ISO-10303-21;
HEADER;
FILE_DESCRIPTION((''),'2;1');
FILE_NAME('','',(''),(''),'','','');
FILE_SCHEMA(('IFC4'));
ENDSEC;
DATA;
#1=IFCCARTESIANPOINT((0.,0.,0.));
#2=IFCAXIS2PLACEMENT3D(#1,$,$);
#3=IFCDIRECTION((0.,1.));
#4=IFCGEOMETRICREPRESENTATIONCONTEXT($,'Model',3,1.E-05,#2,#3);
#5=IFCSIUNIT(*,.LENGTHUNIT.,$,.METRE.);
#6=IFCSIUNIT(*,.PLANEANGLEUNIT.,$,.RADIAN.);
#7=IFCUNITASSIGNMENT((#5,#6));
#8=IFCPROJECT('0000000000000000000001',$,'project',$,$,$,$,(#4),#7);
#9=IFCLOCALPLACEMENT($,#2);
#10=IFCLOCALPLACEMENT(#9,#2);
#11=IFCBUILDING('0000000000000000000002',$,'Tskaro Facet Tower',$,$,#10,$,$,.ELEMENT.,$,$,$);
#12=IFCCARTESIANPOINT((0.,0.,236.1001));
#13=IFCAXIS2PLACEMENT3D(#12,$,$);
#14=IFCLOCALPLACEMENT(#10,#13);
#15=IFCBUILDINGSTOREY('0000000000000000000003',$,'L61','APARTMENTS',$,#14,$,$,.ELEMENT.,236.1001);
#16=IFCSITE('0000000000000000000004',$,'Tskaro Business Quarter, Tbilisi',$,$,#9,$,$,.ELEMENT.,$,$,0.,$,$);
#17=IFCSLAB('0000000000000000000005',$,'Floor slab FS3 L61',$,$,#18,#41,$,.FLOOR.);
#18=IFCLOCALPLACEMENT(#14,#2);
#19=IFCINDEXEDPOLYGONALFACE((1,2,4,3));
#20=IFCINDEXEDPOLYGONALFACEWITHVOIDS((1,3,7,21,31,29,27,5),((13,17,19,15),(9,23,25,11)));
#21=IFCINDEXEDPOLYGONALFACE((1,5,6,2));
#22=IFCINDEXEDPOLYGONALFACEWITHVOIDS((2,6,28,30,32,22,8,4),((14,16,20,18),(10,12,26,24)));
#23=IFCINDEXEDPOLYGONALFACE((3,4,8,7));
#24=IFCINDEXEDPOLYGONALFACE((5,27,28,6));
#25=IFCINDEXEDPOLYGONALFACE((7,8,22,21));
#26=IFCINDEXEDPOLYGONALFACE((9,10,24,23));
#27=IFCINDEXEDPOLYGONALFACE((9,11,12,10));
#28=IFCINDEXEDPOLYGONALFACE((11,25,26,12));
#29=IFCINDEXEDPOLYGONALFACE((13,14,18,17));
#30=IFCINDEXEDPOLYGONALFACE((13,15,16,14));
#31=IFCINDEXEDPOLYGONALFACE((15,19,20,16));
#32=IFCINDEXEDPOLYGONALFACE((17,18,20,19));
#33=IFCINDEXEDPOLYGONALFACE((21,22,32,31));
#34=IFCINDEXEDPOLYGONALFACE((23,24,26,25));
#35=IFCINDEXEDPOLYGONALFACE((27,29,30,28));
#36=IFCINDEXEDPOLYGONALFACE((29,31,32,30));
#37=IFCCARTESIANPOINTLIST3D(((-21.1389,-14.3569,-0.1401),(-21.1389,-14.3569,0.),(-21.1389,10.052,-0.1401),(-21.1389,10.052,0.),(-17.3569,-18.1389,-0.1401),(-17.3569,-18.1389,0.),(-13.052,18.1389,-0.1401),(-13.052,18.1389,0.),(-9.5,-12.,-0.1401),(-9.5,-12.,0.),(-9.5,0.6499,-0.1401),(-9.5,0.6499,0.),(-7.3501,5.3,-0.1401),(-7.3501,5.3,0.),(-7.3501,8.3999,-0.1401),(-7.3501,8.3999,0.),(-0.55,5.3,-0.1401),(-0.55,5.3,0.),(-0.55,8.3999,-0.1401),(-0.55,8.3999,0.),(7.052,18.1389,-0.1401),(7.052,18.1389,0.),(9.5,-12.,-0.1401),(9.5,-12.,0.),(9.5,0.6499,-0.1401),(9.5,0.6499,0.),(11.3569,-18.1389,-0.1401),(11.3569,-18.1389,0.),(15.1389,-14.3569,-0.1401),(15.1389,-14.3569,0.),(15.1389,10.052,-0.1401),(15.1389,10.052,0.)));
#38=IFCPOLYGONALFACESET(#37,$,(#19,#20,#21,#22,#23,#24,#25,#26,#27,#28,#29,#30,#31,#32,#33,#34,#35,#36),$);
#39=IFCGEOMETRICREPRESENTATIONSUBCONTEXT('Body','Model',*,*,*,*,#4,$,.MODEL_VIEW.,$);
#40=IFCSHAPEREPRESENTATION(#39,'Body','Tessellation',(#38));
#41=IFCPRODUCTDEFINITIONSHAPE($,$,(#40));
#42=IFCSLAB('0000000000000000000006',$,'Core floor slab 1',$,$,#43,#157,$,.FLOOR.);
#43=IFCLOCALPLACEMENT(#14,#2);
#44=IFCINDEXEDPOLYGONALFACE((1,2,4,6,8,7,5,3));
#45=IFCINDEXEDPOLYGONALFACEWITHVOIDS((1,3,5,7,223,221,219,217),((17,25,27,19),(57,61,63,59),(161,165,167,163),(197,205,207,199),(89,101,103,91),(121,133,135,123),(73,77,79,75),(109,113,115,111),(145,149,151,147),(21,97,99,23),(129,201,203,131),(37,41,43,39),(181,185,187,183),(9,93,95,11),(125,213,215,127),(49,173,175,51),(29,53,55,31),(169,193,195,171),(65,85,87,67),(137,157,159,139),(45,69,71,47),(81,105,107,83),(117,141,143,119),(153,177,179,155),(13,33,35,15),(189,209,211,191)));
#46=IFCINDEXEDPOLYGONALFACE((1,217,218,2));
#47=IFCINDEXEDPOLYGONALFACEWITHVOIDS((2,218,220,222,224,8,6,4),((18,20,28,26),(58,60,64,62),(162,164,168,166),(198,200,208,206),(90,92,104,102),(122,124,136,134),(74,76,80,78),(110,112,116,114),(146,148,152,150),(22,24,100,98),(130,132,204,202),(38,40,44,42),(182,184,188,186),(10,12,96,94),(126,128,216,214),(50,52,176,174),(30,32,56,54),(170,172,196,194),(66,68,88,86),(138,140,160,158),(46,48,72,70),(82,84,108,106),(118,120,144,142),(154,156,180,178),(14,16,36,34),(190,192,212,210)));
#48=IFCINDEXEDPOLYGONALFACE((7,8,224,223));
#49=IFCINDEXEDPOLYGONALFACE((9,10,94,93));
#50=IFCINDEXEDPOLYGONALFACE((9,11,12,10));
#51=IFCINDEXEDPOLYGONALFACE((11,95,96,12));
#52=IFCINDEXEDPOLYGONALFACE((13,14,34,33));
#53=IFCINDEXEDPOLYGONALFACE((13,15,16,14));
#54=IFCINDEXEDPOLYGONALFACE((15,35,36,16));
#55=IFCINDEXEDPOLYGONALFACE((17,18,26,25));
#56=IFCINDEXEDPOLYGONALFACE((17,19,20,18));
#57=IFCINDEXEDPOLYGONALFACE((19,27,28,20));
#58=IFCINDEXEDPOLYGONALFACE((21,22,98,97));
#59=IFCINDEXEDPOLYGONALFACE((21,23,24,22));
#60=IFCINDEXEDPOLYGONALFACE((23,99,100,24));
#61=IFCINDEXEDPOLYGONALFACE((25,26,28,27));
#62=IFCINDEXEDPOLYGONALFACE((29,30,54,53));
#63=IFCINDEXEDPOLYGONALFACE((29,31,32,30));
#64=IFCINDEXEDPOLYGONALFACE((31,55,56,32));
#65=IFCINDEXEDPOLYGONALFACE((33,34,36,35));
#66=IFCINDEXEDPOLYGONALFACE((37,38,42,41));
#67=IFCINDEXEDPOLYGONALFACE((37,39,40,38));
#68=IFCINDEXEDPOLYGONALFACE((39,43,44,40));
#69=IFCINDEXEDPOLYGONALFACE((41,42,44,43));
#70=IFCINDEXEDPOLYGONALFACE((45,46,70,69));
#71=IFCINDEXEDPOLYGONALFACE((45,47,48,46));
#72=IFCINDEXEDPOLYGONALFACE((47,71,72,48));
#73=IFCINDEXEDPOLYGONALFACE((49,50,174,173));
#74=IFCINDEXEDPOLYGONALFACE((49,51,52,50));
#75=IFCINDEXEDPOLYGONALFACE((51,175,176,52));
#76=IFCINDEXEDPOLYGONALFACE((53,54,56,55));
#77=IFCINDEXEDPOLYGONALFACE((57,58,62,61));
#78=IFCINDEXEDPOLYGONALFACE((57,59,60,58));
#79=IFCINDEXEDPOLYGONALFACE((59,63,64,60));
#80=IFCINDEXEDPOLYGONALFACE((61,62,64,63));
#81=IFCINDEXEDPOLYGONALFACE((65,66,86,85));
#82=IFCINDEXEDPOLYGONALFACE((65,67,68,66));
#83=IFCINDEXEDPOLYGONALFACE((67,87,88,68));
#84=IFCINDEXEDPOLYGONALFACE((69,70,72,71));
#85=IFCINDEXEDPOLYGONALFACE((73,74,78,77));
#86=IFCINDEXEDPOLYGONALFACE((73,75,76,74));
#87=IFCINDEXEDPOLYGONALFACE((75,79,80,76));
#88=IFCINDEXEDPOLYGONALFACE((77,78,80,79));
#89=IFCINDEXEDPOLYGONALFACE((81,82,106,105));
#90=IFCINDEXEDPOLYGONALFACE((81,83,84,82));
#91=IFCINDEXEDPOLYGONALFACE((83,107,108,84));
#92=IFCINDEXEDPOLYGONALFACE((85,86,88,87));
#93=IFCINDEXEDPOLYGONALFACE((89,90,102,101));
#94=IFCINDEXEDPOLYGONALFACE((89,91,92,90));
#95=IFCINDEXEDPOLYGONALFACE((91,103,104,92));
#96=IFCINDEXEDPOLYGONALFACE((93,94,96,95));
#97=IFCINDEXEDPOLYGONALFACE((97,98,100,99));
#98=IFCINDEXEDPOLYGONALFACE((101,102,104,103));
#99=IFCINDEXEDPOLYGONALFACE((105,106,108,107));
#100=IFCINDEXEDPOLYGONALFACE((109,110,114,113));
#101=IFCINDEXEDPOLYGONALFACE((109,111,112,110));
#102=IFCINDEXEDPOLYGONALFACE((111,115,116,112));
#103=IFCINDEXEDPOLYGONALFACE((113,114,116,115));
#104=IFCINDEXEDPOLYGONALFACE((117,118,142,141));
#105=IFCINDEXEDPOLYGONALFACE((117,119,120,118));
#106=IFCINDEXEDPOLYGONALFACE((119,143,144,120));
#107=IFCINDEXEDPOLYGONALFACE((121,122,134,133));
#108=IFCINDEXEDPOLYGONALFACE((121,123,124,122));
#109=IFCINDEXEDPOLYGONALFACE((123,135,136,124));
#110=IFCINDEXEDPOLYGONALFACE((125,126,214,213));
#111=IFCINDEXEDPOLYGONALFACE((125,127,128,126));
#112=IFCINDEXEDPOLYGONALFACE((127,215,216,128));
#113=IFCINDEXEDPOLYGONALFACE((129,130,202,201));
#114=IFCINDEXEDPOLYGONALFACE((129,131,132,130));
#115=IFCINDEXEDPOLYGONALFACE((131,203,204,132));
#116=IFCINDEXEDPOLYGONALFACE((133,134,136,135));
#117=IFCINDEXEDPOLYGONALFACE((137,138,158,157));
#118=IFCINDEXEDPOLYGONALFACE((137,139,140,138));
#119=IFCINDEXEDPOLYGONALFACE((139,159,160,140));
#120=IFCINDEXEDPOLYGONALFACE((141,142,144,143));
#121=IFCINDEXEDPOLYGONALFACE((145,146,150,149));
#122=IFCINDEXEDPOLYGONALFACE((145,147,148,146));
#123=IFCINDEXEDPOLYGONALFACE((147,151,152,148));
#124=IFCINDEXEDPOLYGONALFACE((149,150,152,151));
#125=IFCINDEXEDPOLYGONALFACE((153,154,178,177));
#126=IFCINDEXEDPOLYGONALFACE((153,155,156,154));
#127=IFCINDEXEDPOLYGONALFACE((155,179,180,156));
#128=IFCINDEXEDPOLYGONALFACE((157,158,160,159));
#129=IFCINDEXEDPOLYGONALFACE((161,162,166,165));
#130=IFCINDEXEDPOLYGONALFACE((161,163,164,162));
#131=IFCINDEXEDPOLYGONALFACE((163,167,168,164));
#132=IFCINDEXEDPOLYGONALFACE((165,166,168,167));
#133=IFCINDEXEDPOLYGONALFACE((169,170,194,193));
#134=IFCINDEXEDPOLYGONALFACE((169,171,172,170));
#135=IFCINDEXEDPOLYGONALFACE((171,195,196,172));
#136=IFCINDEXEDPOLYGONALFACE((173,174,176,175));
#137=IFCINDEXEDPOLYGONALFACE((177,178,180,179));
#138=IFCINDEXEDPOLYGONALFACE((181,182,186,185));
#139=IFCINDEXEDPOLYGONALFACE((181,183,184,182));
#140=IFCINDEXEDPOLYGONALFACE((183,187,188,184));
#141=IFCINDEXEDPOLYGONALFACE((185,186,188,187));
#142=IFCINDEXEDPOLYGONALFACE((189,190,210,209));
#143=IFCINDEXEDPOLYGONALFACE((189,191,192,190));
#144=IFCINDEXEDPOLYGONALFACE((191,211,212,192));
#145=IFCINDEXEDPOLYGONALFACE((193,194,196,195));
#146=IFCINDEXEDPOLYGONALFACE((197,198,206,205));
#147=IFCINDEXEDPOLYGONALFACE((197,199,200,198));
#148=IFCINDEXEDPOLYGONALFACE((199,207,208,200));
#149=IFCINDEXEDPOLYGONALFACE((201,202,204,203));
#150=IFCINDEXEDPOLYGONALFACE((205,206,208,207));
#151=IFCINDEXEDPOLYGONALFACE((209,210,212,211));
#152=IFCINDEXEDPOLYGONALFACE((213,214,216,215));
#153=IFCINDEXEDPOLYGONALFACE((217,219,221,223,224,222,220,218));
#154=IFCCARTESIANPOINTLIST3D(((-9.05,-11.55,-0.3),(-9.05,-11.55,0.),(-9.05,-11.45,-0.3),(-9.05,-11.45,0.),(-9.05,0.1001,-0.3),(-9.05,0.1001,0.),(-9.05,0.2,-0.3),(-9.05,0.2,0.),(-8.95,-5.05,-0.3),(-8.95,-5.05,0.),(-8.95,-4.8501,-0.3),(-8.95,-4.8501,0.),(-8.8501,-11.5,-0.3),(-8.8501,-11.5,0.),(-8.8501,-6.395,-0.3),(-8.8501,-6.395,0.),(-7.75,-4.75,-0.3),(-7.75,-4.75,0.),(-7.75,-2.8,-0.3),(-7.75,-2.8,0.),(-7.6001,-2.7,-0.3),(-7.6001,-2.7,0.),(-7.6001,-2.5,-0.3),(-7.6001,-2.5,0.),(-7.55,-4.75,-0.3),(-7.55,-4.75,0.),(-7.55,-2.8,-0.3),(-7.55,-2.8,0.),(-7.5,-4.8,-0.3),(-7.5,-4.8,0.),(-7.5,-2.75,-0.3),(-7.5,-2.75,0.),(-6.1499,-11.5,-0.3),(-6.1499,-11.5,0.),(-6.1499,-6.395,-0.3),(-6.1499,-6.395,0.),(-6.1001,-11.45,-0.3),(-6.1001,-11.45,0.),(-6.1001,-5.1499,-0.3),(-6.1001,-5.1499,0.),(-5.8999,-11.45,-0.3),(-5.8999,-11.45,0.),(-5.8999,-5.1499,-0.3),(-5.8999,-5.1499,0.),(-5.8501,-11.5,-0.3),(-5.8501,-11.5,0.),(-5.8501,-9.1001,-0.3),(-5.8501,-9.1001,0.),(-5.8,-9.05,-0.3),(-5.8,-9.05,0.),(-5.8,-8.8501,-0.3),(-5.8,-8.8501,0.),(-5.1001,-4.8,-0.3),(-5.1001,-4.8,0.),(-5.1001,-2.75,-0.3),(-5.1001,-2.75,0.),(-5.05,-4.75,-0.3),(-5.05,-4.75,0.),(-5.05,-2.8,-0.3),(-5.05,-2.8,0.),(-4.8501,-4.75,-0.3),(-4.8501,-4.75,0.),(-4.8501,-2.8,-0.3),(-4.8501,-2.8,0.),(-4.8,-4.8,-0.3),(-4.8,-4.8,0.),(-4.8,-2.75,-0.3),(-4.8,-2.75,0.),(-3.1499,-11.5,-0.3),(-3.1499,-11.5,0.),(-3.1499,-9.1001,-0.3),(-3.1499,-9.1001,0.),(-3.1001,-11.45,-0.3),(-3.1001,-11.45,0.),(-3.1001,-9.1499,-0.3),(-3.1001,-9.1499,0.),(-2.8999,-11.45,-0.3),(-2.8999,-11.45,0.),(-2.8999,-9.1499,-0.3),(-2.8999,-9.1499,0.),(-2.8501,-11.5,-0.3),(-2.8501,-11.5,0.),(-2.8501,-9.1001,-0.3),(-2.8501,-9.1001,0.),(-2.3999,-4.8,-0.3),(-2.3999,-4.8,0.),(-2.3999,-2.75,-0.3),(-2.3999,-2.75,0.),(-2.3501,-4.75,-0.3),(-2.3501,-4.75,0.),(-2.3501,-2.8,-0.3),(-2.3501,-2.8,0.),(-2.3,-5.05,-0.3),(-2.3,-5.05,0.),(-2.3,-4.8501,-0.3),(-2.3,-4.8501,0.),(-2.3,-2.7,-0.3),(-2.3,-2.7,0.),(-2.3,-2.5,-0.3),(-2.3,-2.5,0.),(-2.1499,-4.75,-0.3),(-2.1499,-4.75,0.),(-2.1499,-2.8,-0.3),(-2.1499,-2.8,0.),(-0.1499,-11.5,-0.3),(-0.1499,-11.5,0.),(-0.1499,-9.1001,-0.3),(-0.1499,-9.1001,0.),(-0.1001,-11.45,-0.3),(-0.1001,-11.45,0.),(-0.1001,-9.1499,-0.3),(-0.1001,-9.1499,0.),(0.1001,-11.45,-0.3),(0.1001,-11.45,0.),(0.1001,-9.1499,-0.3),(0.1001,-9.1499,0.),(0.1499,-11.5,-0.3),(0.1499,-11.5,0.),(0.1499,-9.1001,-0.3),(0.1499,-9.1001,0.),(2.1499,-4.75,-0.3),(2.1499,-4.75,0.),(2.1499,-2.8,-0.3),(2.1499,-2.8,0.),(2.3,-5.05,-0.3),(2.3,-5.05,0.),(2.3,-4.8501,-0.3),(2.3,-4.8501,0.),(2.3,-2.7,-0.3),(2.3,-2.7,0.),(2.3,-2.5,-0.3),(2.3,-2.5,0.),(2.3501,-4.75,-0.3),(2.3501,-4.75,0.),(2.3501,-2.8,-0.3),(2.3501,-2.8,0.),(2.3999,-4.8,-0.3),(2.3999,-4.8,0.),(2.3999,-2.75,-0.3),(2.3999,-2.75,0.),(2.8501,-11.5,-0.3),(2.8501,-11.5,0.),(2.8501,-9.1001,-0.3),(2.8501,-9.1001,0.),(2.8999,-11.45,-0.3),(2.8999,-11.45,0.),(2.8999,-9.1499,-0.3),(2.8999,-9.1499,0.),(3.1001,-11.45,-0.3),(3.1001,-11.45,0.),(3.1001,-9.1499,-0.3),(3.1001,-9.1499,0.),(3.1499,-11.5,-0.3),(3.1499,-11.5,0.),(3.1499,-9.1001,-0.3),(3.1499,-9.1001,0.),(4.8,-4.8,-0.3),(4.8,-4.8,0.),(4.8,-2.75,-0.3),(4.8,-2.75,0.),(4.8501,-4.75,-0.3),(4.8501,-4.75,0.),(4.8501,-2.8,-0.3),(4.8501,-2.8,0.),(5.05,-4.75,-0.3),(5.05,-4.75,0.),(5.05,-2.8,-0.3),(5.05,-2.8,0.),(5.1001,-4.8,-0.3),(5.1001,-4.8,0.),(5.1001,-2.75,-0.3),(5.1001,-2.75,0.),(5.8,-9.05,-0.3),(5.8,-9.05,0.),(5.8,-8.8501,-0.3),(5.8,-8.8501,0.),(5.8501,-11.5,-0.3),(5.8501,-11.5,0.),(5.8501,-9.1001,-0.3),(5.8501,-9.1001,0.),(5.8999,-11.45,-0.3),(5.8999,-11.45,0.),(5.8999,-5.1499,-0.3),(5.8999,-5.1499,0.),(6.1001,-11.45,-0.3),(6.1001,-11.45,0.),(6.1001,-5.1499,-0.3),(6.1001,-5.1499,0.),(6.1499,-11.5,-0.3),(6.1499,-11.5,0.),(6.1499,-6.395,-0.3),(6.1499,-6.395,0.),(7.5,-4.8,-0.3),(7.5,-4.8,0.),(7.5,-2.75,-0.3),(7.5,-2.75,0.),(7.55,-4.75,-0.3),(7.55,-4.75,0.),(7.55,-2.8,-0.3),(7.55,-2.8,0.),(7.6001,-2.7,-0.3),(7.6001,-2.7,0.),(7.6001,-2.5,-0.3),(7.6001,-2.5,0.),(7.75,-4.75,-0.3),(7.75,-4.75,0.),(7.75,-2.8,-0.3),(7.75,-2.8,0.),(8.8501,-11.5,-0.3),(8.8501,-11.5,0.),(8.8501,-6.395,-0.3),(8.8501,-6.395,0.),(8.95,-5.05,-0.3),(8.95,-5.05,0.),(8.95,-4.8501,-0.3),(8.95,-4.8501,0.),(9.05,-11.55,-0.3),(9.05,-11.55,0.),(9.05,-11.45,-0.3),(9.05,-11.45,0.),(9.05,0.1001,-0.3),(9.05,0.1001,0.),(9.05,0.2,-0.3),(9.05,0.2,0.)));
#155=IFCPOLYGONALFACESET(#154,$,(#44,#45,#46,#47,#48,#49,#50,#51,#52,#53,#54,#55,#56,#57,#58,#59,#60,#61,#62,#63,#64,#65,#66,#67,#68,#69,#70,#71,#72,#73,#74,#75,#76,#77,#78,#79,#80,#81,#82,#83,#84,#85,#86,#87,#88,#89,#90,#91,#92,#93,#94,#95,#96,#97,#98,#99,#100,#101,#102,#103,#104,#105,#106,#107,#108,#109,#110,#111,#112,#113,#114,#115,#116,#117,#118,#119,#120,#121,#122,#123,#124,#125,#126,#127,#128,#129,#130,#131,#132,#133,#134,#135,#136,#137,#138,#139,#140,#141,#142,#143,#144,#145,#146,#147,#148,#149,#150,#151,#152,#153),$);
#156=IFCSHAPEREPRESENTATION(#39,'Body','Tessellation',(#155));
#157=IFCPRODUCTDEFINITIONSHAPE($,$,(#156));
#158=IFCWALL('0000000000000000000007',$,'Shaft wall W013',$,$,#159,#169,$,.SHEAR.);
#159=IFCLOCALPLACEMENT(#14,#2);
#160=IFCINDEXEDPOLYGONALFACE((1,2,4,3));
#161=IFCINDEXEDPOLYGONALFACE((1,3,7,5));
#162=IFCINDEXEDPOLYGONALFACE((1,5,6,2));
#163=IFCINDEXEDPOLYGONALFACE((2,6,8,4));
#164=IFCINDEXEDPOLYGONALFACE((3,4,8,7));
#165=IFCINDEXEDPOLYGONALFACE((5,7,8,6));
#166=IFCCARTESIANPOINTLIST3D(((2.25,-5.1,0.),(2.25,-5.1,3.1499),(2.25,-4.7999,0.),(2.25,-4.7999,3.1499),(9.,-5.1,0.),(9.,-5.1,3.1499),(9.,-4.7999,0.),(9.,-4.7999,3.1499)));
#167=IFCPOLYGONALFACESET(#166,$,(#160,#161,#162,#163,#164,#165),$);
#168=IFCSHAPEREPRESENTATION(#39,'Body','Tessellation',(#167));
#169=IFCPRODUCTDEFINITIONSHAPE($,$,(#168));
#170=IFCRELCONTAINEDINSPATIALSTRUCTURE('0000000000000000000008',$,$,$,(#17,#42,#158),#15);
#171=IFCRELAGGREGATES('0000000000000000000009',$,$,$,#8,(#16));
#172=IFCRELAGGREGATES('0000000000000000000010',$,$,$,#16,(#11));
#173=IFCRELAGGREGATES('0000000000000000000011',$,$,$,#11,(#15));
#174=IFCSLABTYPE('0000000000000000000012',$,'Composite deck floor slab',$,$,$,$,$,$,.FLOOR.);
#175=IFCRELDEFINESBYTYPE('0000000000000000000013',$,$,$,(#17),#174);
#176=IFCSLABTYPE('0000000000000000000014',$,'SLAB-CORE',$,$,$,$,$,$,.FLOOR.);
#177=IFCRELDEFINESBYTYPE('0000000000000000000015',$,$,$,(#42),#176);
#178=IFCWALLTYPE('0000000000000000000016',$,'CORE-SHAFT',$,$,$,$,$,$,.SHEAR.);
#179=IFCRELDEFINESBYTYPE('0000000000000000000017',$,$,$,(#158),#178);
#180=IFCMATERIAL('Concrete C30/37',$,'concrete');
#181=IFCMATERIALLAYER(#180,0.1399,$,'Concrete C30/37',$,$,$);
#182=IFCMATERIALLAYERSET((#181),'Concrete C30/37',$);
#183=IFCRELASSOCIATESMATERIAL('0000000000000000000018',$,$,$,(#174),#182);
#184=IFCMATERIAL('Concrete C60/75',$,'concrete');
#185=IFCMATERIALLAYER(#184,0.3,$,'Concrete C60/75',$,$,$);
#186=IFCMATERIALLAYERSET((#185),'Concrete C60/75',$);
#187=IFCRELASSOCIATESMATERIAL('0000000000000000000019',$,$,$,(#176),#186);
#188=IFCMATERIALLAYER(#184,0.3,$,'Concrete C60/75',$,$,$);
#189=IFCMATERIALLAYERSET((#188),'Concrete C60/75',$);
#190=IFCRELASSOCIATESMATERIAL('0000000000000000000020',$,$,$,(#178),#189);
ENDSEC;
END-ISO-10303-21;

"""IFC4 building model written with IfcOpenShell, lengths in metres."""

from ifc_helpers import new_model, si_unit, direction, frame, frame_2d, origin, place, context, subcontext, project, spatial, polyline, rectangle, outline, extrude, material, layer, layer_set, type_object, element, save


model = new_model("IFC4")

# Units and contexts
model_context = context("Model", 3, precision=1e-05, world=origin(), true_north=direction((0.0, 1.0)))
body_context = subcontext(model_context, "Body", "Model", "MODEL_VIEW")
ifc_project = project(units=[si_unit("LENGTHUNIT", "METRE"), si_unit("PLANEANGLEUNIT", "RADIAN")], contexts=[model_context])

# Site, building, storey
site_placement = place(None, origin())
site = spatial("IfcSite", under=ifc_project, at=site_placement, Name="Tskaro Business Quarter, Tbilisi", CompositionType="ELEMENT", RefElevation=0.0)
building_placement = place(site_placement, origin())
building = spatial("IfcBuilding", under=site, at=building_placement, Name="Tskaro Facet Tower", CompositionType="ELEMENT")
storey_placement = place(building_placement, frame((0.0, 0.0, 236.1001)))
storey = spatial("IfcBuildingStorey", under=building, at=storey_placement, Name="L61", Description="APARTMENTS", CompositionType="ELEMENT", Elevation=236.1001)

# Slabs
ifc_material_1 = material(Name="Concrete C30/37", Category="concrete")
ifc_layer_1 = layer(ifc_material_1, 0.1399, Name="Concrete C30/37")
ifc_layer_set_1 = layer_set([ifc_layer_1], Name="Concrete C30/37")
slab_type_1 = type_object("IfcSlabType", Name="Composite deck floor slab", PredefinedType="FLOOR", material=ifc_layer_set_1)
slab_1_placement = place(storey_placement, frame((0.0, 0.0, -0.1401)))
element("IfcSlab", 1, at=slab_1_placement, inside=storey, type_object=slab_type_1, Name="Floor slab FS3 L61", PredefinedType="FLOOR", context=body_context, shape_type="SweptSolid", body=[
    extrude(outline(polyline([(-17.3569, -18.1389), (11.3569, -18.1389), (15.1389, -14.3569), (15.1389, 10.052), (7.052, 18.1389), (-13.052, 18.1389), (-21.1389, 10.052), (-21.1389, -14.3569), (-17.3569, -18.1389)]), holes=[polyline([(-9.5, -12.0), (9.5, -12.0), (9.5, 0.6499), (-9.5, 0.6499), (-9.5, -12.0)]), polyline([(-7.3501, 5.3), (-0.55, 5.3), (-0.55, 8.3999), (-7.3501, 8.3999), (-7.3501, 5.3)])]), origin(), (0.0, 0.0, 1.0), 0.1401),
])
ifc_material_2 = material(Name="Concrete C60/75", Category="concrete")
ifc_layer_2 = layer(ifc_material_2, 0.3, Name="Concrete C60/75")
ifc_layer_set_2 = layer_set([ifc_layer_2], Name="Concrete C60/75")
slab_type_2 = type_object("IfcSlabType", Name="SLAB-CORE", PredefinedType="FLOOR", material=ifc_layer_set_2)
slab_2_placement = place(storey_placement, frame((0.0, 0.0, -0.3)))
element("IfcSlab", 2, at=slab_2_placement, inside=storey, type_object=slab_type_2, Name="Core floor slab 1", PredefinedType="FLOOR", context=body_context, shape_type="SweptSolid", body=[
    extrude(outline(polyline([(-9.05, 0.2), (9.05, 0.2), (9.05, 0.1001), (9.05, -11.45), (9.05, -11.55), (-9.05, -11.55), (-9.05, -11.45), (-9.05, 0.1001), (-9.05, 0.2)]), holes=[polyline([(-5.8501, -9.1001), (-5.8501, -11.5), (-3.1499, -11.5), (-3.1499, -9.1001), (-5.8501, -9.1001)]), polyline([(-3.1001, -11.45), (-2.8999, -11.45), (-2.8999, -9.1499), (-3.1001, -9.1499), (-3.1001, -11.45)]), polyline([(-2.8501, -9.1001), (-2.8501, -11.5), (-0.1499, -11.5), (-0.1499, -9.1001), (-2.8501, -9.1001)]), polyline([(-6.1001, -11.45), (-5.8999, -11.45), (-5.8999, -5.1499), (-6.1001, -5.1499), (-6.1001, -11.45)]), polyline([(-8.95, -5.05), (-2.3, -5.05), (-2.3, -4.8501), (-8.95, -4.8501), (-8.95, -5.05)]), polyline([(-7.75, -4.75), (-7.55, -4.75), (-7.55, -2.8), (-7.75, -2.8), (-7.75, -4.75)]), polyline([(-7.5, -2.75), (-7.5, -4.8), (-5.1001, -4.8), (-5.1001, -2.75), (-7.5, -2.75)]), polyline([(-5.05, -4.75), (-4.8501, -4.75), (-4.8501, -2.8), (-5.05, -2.8), (-5.05, -4.75)]), polyline([(-2.3999, -2.75), (-4.8, -2.75), (-4.8, -4.8), (-2.3999, -4.8), (-2.3999, -2.75)]), polyline([(-2.3501, -4.75), (-2.1499, -4.75), (-2.1499, -2.8), (-2.3501, -2.8), (-2.3501, -4.75)]), polyline([(-7.6001, -2.7), (-2.3, -2.7), (-2.3, -2.5), (-7.6001, -2.5), (-7.6001, -2.7)]), polyline([(-0.1001, -11.45), (0.1001, -11.45), (0.1001, -9.1499), (-0.1001, -9.1499), (-0.1001, -11.45)]), polyline([(0.1499, -9.1001), (0.1499, -11.5), (2.8501, -11.5), (2.8501, -9.1001), (0.1499, -9.1001)]), polyline([(2.8999, -11.45), (3.1001, -11.45), (3.1001, -9.1499), (2.8999, -9.1499), (2.8999, -11.45)]), polyline([(3.1499, -9.1001), (3.1499, -11.5), (5.8501, -11.5), (5.8501, -9.1001), (3.1499, -9.1001)]), polyline([(-5.8, -9.05), (5.8, -9.05), (5.8, -8.8501), (-5.8, -8.8501), (-5.8, -9.05)]), polyline([(5.8999, -11.45), (6.1001, -11.45), (6.1001, -5.1499), (5.8999, -5.1499), (5.8999, -11.45)]), polyline([(2.3, -5.05), (8.95, -5.05), (8.95, -4.8501), (2.3, -4.8501), (2.3, -5.05)]), polyline([(2.1499, -4.75), (2.3501, -4.75), (2.3501, -2.8), (2.1499, -2.8), (2.1499, -4.75)]), polyline([(2.3999, -4.8), (4.8, -4.8), (4.8, -2.75), (2.3999, -2.75), (2.3999, -4.8)]), polyline([(4.8501, -4.75), (5.05, -4.75), (5.05, -2.8), (4.8501, -2.8), (4.8501, -4.75)]), polyline([(5.1001, -4.8), (7.5, -4.8), (7.5, -2.75), (5.1001, -2.75), (5.1001, -4.8)]), polyline([(7.55, -4.75), (7.75, -4.75), (7.75, -2.8), (7.55, -2.8), (7.55, -4.75)]), polyline([(2.3, -2.7), (7.6001, -2.7), (7.6001, -2.5), (2.3, -2.5), (2.3, -2.7)]), polyline([(-8.8501, -11.5), (-6.1499, -11.5), (-6.1499, -6.395), (-8.8501, -6.395), (-8.8501, -11.5)]), polyline([(6.1499, -6.395), (6.1499, -11.5), (8.8501, -11.5), (8.8501, -6.395), (6.1499, -6.395)])]), origin(), (0.0, 0.0, 1.0), 0.3),
])

# Wall
ifc_layer_3 = layer(ifc_material_2, 0.3, Name="Concrete C60/75")
ifc_layer_set_3 = layer_set([ifc_layer_3], Name="Concrete C60/75")
wall_type_1 = type_object("IfcWallType", Name="CORE-SHAFT", PredefinedType="SHEAR", material=ifc_layer_set_3)
wall_1_placement = place(storey_placement, frame((2.25, -4.95, 0.0), z_axis=(0.0, 0.0, 1.0), x_axis=(1.0, 0.0, 0.0)))
element("IfcWall", 3, at=wall_1_placement, inside=storey, type_object=wall_type_1, Name="Shaft wall W013", PredefinedType="SHEAR", context=body_context, shape_type="SweptSolid", body=[
    extrude(rectangle(XDim=6.75, YDim=0.3, at=frame_2d((3.375, 0.0))), origin(), (0.0, 0.0, 1.0), 3.1499),
])

save(model, "model.ifc")
